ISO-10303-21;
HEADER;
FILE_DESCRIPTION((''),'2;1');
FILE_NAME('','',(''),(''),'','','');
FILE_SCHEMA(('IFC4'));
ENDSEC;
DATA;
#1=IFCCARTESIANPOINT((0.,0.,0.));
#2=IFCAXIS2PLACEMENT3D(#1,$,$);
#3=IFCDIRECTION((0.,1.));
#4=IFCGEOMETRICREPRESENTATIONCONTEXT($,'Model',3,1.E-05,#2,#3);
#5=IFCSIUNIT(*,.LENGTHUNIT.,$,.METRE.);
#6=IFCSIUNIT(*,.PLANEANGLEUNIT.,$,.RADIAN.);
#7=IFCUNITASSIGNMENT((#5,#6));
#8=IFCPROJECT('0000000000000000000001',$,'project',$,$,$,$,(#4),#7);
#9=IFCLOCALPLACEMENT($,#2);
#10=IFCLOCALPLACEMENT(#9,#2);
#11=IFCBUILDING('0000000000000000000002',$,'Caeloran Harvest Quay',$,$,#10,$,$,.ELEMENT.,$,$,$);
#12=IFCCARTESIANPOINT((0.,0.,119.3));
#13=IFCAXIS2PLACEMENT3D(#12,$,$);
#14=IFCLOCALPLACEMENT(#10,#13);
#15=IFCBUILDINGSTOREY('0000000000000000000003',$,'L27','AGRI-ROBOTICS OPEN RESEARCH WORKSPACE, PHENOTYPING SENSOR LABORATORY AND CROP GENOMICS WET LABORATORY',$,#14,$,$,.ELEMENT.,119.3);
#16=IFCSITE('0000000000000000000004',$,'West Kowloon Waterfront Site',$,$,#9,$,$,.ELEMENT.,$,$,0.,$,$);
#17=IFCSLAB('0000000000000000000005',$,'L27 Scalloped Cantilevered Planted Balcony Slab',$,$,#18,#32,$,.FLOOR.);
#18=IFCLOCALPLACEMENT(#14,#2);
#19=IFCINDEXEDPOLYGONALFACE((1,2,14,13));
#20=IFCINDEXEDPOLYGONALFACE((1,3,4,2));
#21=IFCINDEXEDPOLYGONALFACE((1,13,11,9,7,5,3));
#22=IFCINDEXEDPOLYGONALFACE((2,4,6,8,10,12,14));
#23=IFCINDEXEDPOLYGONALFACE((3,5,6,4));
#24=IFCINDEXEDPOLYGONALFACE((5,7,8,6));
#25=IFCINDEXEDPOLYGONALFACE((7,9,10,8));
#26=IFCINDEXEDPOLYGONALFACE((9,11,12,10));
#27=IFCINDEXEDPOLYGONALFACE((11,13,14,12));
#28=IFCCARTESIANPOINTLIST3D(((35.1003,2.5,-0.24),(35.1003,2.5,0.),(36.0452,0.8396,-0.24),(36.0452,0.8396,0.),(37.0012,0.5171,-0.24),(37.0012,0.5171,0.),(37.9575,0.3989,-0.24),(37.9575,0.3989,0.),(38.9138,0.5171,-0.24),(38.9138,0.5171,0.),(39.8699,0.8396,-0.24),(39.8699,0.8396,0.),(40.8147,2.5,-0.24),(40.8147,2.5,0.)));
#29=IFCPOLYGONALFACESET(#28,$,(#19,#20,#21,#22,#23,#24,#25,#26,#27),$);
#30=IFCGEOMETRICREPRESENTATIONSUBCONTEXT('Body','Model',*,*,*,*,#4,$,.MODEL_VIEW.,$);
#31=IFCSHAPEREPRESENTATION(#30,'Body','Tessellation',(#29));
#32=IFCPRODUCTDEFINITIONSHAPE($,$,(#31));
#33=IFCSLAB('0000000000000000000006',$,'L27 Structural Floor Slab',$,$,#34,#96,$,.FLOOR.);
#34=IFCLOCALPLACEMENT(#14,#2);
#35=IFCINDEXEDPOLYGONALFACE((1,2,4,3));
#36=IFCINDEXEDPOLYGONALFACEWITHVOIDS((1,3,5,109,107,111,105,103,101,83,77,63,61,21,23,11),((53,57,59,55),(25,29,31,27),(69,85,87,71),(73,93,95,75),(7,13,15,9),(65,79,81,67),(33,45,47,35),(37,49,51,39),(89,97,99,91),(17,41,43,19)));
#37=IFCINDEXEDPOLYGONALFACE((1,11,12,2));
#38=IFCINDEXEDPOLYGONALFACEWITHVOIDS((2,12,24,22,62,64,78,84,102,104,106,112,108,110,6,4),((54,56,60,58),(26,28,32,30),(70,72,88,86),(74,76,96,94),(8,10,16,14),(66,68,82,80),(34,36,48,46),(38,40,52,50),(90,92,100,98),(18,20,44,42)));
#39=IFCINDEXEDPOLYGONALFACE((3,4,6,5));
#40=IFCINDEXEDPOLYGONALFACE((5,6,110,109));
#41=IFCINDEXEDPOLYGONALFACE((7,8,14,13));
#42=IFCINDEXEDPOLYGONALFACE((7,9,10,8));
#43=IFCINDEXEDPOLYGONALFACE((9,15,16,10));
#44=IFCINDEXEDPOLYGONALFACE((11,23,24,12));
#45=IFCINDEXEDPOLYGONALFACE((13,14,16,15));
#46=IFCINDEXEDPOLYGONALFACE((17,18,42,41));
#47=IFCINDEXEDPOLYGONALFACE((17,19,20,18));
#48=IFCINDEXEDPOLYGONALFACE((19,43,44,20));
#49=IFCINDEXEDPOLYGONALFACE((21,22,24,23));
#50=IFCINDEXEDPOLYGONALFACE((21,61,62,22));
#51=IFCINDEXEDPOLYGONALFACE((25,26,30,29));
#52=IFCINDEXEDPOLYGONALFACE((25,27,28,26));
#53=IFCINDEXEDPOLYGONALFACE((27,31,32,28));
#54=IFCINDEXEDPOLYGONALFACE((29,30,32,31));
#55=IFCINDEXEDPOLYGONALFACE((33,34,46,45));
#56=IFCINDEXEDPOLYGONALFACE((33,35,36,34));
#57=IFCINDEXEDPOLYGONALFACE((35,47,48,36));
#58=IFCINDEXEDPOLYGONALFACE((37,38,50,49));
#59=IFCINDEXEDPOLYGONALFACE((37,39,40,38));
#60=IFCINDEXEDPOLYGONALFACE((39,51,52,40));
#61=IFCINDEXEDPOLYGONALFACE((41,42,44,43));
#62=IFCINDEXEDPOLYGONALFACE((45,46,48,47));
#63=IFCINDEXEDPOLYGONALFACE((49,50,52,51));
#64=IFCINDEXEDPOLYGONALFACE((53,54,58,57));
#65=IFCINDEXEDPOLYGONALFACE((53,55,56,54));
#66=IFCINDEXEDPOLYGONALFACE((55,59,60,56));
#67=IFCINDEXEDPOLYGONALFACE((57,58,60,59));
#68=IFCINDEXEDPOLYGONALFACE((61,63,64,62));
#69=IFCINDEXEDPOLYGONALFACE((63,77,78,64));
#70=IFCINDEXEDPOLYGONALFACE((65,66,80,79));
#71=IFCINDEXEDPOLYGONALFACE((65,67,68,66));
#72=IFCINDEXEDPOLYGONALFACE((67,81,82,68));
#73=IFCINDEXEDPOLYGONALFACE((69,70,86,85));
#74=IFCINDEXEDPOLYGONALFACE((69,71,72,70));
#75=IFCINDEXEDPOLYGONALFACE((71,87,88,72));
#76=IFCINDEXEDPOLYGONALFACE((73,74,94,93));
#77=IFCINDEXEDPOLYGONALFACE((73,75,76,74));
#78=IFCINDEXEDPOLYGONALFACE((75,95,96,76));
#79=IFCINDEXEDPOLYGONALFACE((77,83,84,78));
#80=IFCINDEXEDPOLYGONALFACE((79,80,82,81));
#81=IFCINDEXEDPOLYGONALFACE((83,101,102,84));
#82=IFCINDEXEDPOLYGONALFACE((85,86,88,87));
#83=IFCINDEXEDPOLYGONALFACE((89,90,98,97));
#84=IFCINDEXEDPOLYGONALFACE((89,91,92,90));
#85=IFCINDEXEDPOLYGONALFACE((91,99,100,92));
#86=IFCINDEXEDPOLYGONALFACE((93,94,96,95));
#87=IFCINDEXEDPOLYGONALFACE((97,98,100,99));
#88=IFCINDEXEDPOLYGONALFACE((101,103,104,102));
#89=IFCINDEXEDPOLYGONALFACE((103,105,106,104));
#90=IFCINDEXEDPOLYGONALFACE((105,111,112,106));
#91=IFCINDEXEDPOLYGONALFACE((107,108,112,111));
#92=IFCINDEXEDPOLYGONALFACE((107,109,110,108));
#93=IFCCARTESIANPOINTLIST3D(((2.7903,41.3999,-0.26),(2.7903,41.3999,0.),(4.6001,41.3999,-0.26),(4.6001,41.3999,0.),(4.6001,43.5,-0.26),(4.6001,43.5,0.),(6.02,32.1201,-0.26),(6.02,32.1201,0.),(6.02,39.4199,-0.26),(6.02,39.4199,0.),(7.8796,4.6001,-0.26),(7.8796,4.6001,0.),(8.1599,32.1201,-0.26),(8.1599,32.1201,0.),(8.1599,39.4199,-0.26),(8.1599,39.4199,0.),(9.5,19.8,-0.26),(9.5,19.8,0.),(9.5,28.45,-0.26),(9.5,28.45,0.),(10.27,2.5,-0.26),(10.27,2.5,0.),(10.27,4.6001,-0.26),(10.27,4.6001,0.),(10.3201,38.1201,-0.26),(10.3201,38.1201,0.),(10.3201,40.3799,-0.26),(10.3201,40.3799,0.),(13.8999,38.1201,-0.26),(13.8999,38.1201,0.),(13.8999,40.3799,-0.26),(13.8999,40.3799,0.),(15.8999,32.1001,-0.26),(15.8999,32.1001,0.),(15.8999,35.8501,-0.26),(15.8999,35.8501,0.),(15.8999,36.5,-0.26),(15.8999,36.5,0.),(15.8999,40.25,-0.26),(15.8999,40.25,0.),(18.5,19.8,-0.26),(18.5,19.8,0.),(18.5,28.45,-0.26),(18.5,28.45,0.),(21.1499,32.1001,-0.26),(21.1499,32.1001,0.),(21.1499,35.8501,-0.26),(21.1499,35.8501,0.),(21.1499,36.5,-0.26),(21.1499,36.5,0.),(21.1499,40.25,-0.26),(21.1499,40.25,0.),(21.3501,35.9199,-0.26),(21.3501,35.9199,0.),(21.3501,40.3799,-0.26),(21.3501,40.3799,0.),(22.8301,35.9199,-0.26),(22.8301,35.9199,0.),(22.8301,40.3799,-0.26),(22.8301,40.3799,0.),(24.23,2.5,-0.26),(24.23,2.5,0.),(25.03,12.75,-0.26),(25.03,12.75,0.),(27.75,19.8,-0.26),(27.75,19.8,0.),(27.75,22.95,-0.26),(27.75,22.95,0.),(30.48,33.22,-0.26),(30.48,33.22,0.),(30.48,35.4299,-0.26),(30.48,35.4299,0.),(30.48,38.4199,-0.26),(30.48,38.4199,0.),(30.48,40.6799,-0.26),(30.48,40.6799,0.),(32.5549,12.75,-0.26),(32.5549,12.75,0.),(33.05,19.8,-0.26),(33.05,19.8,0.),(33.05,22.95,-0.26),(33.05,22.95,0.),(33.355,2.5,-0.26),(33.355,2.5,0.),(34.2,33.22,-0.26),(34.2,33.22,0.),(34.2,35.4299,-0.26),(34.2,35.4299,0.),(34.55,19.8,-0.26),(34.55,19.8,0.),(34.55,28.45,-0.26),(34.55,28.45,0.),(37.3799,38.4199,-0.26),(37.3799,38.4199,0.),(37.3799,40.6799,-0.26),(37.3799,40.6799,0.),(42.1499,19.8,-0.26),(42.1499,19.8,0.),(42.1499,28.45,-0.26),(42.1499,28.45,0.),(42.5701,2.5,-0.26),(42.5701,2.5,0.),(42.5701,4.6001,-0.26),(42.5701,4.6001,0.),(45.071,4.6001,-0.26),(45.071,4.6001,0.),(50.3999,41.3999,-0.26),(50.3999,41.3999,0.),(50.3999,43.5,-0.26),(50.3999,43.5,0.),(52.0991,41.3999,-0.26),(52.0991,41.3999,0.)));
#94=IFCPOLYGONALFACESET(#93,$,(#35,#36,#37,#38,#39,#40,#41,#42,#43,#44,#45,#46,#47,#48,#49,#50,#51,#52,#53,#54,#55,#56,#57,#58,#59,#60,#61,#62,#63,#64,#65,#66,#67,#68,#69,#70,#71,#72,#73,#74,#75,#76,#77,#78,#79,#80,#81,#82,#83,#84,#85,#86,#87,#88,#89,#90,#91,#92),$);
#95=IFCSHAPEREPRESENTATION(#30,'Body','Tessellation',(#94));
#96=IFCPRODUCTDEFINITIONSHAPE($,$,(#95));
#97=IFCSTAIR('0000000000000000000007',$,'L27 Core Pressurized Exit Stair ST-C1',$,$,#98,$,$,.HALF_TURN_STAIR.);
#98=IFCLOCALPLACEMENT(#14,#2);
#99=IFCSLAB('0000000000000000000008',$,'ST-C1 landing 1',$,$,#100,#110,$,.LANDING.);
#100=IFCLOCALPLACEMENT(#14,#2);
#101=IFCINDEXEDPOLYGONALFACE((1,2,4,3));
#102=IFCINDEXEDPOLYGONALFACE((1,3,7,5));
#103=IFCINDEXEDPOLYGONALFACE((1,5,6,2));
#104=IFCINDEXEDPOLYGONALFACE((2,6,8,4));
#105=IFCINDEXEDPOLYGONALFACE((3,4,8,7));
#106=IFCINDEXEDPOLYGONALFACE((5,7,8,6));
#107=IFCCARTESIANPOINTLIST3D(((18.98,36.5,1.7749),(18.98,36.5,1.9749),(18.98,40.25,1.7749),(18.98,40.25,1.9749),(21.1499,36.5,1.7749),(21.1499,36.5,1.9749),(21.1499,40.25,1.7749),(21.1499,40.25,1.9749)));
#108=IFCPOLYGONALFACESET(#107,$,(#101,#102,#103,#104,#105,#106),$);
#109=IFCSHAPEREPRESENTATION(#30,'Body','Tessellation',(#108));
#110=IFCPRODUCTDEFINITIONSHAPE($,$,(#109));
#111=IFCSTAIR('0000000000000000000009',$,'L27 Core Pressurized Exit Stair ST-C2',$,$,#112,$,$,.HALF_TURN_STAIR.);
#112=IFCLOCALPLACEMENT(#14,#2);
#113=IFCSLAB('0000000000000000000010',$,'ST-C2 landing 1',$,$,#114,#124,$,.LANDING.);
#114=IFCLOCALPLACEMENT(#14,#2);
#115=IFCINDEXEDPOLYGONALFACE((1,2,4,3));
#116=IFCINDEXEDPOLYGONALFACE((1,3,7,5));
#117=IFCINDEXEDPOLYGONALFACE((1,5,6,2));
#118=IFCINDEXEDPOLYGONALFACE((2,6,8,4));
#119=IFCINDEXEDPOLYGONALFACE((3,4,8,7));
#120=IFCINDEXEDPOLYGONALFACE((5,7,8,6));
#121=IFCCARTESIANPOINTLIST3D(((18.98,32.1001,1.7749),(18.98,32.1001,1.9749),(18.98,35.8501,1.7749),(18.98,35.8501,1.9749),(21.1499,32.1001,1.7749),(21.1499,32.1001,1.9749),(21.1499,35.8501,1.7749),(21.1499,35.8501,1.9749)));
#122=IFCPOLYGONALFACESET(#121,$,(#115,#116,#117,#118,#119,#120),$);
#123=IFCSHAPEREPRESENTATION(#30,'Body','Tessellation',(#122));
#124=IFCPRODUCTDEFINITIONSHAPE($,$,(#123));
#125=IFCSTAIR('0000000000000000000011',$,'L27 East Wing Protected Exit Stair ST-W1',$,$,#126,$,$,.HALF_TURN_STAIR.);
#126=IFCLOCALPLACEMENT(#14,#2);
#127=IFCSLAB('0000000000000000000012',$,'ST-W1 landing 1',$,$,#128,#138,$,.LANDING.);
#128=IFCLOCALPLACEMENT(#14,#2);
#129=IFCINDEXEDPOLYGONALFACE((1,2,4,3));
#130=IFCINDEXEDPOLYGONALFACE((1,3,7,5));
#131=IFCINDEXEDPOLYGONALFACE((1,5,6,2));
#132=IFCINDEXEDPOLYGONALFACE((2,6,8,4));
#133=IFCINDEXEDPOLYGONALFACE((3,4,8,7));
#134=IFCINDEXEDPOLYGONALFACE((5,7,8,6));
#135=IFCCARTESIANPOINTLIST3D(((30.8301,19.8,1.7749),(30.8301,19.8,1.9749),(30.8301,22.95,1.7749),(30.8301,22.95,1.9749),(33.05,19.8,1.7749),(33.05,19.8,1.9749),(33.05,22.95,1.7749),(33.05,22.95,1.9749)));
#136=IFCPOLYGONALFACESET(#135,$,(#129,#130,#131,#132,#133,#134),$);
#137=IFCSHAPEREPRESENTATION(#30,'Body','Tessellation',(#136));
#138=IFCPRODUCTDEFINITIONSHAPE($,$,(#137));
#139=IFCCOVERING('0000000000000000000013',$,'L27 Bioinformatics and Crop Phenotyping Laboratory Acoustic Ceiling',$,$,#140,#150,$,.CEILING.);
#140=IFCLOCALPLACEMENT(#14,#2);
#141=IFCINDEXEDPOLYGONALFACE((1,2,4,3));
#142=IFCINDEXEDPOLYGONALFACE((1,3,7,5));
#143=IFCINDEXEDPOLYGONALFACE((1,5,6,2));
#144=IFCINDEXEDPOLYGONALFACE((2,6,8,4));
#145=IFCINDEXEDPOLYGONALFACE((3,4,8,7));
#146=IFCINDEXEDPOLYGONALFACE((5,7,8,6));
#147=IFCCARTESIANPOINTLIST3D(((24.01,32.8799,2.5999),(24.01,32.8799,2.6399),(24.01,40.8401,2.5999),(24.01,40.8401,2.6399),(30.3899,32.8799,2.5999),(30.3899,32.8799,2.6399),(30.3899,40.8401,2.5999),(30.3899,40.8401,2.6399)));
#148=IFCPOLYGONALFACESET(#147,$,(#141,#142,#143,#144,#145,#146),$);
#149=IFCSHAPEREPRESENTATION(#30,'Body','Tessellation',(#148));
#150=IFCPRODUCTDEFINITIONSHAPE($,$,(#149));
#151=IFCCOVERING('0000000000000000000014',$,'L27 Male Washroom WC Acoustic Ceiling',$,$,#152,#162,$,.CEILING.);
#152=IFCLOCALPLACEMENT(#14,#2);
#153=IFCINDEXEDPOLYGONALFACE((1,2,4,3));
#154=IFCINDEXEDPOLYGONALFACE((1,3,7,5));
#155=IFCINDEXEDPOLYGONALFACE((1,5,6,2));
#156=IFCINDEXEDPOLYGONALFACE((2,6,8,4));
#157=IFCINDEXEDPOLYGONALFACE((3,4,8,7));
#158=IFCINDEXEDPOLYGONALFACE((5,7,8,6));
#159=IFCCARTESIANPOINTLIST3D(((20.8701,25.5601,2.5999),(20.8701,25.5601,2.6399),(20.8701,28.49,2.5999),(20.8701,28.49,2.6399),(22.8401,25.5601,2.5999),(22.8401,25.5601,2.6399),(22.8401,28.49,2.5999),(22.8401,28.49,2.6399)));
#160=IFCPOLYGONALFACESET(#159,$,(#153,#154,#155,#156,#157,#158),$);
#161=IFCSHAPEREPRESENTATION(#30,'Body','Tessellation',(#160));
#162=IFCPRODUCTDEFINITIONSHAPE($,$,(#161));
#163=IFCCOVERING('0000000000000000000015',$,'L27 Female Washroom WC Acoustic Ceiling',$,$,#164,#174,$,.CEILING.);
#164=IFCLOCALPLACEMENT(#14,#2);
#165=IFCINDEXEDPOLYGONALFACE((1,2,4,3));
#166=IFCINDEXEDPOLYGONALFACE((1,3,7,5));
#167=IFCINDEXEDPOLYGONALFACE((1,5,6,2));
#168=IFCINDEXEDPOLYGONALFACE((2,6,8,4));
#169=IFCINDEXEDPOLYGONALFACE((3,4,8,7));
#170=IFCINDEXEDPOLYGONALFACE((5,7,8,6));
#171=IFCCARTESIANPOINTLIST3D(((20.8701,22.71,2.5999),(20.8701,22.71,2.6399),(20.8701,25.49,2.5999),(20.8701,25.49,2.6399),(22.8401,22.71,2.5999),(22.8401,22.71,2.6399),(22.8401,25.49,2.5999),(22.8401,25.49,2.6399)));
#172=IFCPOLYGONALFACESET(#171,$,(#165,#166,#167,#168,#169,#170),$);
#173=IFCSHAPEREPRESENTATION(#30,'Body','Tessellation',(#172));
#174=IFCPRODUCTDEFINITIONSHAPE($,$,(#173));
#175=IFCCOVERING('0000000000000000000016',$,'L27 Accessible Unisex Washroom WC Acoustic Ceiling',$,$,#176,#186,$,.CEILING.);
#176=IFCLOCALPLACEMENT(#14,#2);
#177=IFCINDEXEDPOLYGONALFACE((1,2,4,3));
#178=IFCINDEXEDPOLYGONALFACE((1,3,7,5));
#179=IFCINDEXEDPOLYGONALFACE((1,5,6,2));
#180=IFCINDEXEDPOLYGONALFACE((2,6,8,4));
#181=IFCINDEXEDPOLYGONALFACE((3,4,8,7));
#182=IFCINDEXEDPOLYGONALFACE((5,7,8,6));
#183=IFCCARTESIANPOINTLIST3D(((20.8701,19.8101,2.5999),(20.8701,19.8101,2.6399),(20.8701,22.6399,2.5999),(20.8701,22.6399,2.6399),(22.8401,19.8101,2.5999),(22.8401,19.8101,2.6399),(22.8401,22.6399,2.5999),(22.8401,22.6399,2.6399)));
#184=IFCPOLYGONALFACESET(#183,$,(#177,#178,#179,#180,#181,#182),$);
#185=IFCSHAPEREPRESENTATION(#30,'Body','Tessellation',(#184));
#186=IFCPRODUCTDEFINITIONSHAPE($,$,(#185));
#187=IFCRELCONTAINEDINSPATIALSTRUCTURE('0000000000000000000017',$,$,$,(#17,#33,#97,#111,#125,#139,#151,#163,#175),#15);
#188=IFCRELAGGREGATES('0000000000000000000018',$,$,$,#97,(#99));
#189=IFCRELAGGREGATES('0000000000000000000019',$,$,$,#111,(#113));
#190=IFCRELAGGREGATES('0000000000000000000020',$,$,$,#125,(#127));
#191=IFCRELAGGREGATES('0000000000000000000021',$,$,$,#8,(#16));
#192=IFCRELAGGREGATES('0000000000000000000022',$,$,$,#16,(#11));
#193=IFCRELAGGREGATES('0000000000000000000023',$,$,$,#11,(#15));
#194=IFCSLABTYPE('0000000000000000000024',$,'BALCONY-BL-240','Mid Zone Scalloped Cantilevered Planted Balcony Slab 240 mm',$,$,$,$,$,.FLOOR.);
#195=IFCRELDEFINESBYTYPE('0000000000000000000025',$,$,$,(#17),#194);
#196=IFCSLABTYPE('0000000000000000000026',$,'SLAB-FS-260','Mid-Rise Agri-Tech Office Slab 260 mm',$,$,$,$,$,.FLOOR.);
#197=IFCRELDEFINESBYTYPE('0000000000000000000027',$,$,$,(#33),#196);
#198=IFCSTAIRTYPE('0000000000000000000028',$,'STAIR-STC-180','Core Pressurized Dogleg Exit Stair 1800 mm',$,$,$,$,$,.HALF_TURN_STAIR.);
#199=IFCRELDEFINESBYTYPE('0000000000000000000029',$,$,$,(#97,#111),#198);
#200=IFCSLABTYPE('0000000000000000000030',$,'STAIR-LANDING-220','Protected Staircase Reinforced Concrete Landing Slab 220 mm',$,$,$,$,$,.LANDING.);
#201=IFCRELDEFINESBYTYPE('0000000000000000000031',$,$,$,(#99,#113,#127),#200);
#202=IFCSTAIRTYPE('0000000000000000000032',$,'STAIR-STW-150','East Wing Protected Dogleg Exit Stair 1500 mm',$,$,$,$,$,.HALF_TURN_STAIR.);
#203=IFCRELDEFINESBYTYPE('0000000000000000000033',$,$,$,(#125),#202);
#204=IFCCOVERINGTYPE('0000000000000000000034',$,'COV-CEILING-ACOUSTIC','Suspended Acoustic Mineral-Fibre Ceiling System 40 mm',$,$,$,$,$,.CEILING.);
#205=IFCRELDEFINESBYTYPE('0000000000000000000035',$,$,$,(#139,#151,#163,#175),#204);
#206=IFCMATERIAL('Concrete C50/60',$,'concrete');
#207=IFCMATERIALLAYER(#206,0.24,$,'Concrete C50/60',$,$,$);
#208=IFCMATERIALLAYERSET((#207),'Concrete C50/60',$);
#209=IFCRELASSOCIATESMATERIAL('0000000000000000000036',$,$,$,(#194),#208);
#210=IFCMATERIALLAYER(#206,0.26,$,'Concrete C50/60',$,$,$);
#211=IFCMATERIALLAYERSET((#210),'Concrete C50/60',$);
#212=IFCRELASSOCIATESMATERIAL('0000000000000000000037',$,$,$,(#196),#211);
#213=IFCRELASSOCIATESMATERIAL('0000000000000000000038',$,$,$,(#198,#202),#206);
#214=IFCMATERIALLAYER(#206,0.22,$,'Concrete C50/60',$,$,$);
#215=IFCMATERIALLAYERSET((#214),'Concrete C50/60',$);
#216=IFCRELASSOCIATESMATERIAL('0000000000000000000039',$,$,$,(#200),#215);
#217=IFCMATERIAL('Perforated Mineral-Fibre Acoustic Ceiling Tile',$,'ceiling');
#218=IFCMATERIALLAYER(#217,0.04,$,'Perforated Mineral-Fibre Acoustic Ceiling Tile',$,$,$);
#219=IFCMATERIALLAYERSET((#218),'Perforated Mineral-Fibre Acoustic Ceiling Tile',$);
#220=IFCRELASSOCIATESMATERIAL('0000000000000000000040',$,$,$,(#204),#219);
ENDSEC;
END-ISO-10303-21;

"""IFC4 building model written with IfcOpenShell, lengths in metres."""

from ifc_helpers import new_model, si_unit, direction, frame, origin, place, context, subcontext, project, spatial, polyline, outline, extrude, material, layer, layer_set, type_object, element, aggregate, save


model = new_model("IFC4")

# Units and contexts
model_context = context("Model", 3, precision=1e-05, world=origin(), true_north=direction((0.0, 1.0)))
body_context = subcontext(model_context, "Body", "Model", "MODEL_VIEW")
ifc_project = project(units=[si_unit("LENGTHUNIT", "METRE"), si_unit("PLANEANGLEUNIT", "RADIAN")], contexts=[model_context])

# Site, building, storey
site_placement = place(None, origin())
site = spatial("IfcSite", under=ifc_project, at=site_placement, Name="West Kowloon Waterfront Site", CompositionType="ELEMENT", RefElevation=0.0)
building_placement = place(site_placement, origin())
building = spatial("IfcBuilding", under=site, at=building_placement, Name="Caeloran Harvest Quay", CompositionType="ELEMENT")
storey_placement = place(building_placement, frame((0.0, 0.0, 119.3)))
storey = spatial("IfcBuildingStorey", under=building, at=storey_placement, Name="L27", Description="AGRI-ROBOTICS OPEN RESEARCH WORKSPACE, PHENOTYPING SENSOR LABORATORY AND CROP GENOMICS WET LABORATORY", CompositionType="ELEMENT", Elevation=119.3)

# Slabs
ifc_material_1 = material(Name="Concrete C50/60", Category="concrete")
ifc_layer_1 = layer(ifc_material_1, 0.24, Name="Concrete C50/60")
ifc_layer_set_1 = layer_set([ifc_layer_1], Name="Concrete C50/60")
slab_type_1 = type_object("IfcSlabType", Name="BALCONY-BL-240", Description="Mid Zone Scalloped Cantilevered Planted Balcony Slab 240 mm", PredefinedType="FLOOR", material=ifc_layer_set_1)
slab_1_placement = place(storey_placement, frame((0.0, 0.0, -0.24)))
element("IfcSlab", 1, at=slab_1_placement, inside=storey, type_object=slab_type_1, Name="L27 Scalloped Cantilevered Planted Balcony Slab", PredefinedType="FLOOR", context=body_context, shape_type="SweptSolid", body=[
    extrude(outline(polyline([(39.8699, 0.8396), (38.9138, 0.5171), (37.9575, 0.3989), (37.0012, 0.5171), (36.0452, 0.8396), (35.1003, 2.5), (40.8147, 2.5), (39.8699, 0.8396)])), origin(), (0.0, 0.0, 1.0), 0.24),
])
ifc_layer_2 = layer(ifc_material_1, 0.26, Name="Concrete C50/60")
ifc_layer_set_2 = layer_set([ifc_layer_2], Name="Concrete C50/60")
slab_type_2 = type_object("IfcSlabType", Name="SLAB-FS-260", Description="Mid-Rise Agri-Tech Office Slab 260 mm", PredefinedType="FLOOR", material=ifc_layer_set_2)
slab_2_placement = place(storey_placement, frame((0.0, 0.0, -0.26)))
element("IfcSlab", 2, at=slab_2_placement, inside=storey, type_object=slab_type_2, Name="L27 Structural Floor Slab", PredefinedType="FLOOR", context=body_context, shape_type="SweptSolid", body=[
    extrude(outline(polyline([(10.27, 2.5), (24.23, 2.5), (25.03, 12.75), (32.5549, 12.75), (33.355, 2.5), (42.5701, 2.5), (42.5701, 4.6001), (45.071, 4.6001), (52.0991, 41.3999), (50.3999, 41.3999), (50.3999, 43.5), (4.6001, 43.5), (4.6001, 41.3999), (2.7903, 41.3999), (7.8796, 4.6001), (10.27, 4.6001), (10.27, 2.5)]), holes=[polyline([(27.75, 19.8), (27.75, 22.95), (33.05, 22.95), (33.05, 19.8), (27.75, 19.8)]), polyline([(18.5, 19.8), (9.5, 19.8), (9.5, 28.45), (18.5, 28.45), (18.5, 19.8)]), polyline([(42.1499, 19.8), (34.55, 19.8), (34.55, 28.45), (42.1499, 28.45), (42.1499, 19.8)]), polyline([(15.8999, 35.8501), (21.1499, 35.8501), (21.1499, 32.1001), (15.8999, 32.1001), (15.8999, 35.8501)]), polyline([(30.48, 33.22), (30.48, 35.4299), (34.2, 35.4299), (34.2, 33.22), (30.48, 33.22)]), polyline([(8.1599, 32.1201), (6.02, 32.1201), (6.02, 39.4199), (8.1599, 39.4199), (8.1599, 32.1201)]), polyline([(22.8301, 35.9199), (21.3501, 35.9199), (21.3501, 40.3799), (22.8301, 40.3799), (22.8301, 35.9199)]), polyline([(15.8999, 36.5), (15.8999, 40.25), (21.1499, 40.25), (21.1499, 36.5), (15.8999, 36.5)]), polyline([(10.3201, 38.1201), (10.3201, 40.3799), (13.8999, 40.3799), (13.8999, 38.1201), (10.3201, 38.1201)]), polyline([(30.48, 38.4199), (30.48, 40.6799), (37.3799, 40.6799), (37.3799, 38.4199), (30.48, 38.4199)])]), origin(), (0.0, 0.0, 1.0), 0.26),
])

# Stairs, slabs
stair_type_1 = type_object("IfcStairType", Name="STAIR-STC-180", Description="Core Pressurized Dogleg Exit Stair 1800 mm", PredefinedType="HALF_TURN_STAIR", material=ifc_material_1)
stair_1_placement = place(storey_placement, origin())
stair_1 = element("IfcStair", 3, at=stair_1_placement, inside=storey, type_object=stair_type_1, Name="L27 Core Pressurized Exit Stair ST-C1", PredefinedType="HALF_TURN_STAIR")
ifc_layer_3 = layer(ifc_material_1, 0.22, Name="Concrete C50/60")
ifc_layer_set_3 = layer_set([ifc_layer_3], Name="Concrete C50/60")
slab_type_3 = type_object("IfcSlabType", Name="STAIR-LANDING-220", Description="Protected Staircase Reinforced Concrete Landing Slab 220 mm", PredefinedType="LANDING", material=ifc_layer_set_3)
slab_3_placement = place(storey_placement, frame((0.0, 0.0, 1.7749)))
slab_3 = element("IfcSlab", 4, at=slab_3_placement, type_object=slab_type_3, Name="ST-C1 landing 1", PredefinedType="LANDING", context=body_context, shape_type="SweptSolid", body=[
    extrude(outline(polyline([(18.98, 36.5), (21.1499, 36.5), (21.1499, 40.25), (18.98, 40.25), (18.98, 36.5)])), origin(), (0.0, 0.0, 1.0), 0.2),
])
aggregate(stair_1, [slab_3])
stair_2_placement = place(storey_placement, origin())
stair_2 = element("IfcStair", 5, at=stair_2_placement, inside=storey, type_object=stair_type_1, Name="L27 Core Pressurized Exit Stair ST-C2", PredefinedType="HALF_TURN_STAIR")
slab_4_placement = place(storey_placement, frame((0.0, 0.0, 1.7749)))
slab_4 = element("IfcSlab", 6, at=slab_4_placement, type_object=slab_type_3, Name="ST-C2 landing 1", PredefinedType="LANDING", context=body_context, shape_type="SweptSolid", body=[
    extrude(outline(polyline([(18.98, 32.1001), (21.1499, 32.1001), (21.1499, 35.8501), (18.98, 35.8501), (18.98, 32.1001)])), origin(), (0.0, 0.0, 1.0), 0.2),
])
aggregate(stair_2, [slab_4])
stair_type_2 = type_object("IfcStairType", Name="STAIR-STW-150", Description="East Wing Protected Dogleg Exit Stair 1500 mm", PredefinedType="HALF_TURN_STAIR", material=ifc_material_1)
stair_3_placement = place(storey_placement, origin())
stair_3 = element("IfcStair", 7, at=stair_3_placement, inside=storey, type_object=stair_type_2, Name="L27 East Wing Protected Exit Stair ST-W1", PredefinedType="HALF_TURN_STAIR")
slab_5_placement = place(storey_placement, frame((0.0, 0.0, 1.7749)))
slab_5 = element("IfcSlab", 8, at=slab_5_placement, type_object=slab_type_3, Name="ST-W1 landing 1", PredefinedType="LANDING", context=body_context, shape_type="SweptSolid", body=[
    extrude(outline(polyline([(30.8301, 19.8), (33.05, 19.8), (33.05, 22.95), (30.8301, 22.95), (30.8301, 19.8)])), origin(), (0.0, 0.0, 1.0), 0.2),
])
aggregate(stair_3, [slab_5])

# Coverings
ifc_material_2 = material(Name="Perforated Mineral-Fibre Acoustic Ceiling Tile", Category="ceiling")
ifc_layer_4 = layer(ifc_material_2, 0.04, Name="Perforated Mineral-Fibre Acoustic Ceiling Tile")
ifc_layer_set_4 = layer_set([ifc_layer_4], Name="Perforated Mineral-Fibre Acoustic Ceiling Tile")
covering_type_1 = type_object("IfcCoveringType", Name="COV-CEILING-ACOUSTIC", Description="Suspended Acoustic Mineral-Fibre Ceiling System 40 mm", PredefinedType="CEILING", material=ifc_layer_set_4)
covering_1_placement = place(storey_placement, frame((0.0, 0.0, 2.5999)))
element("IfcCovering", 9, at=covering_1_placement, inside=storey, type_object=covering_type_1, Name="L27 Bioinformatics and Crop Phenotyping Laboratory Acoustic Ceiling", PredefinedType="CEILING", context=body_context, shape_type="SweptSolid", body=[
    extrude(outline(polyline([(30.3899, 40.8401), (30.3899, 32.8799), (24.01, 32.8799), (24.01, 40.8401), (30.3899, 40.8401)])), origin(), (0.0, 0.0, 1.0), 0.04),
])
covering_2_placement = place(storey_placement, frame((0.0, 0.0, 2.5999)))
element("IfcCovering", 10, at=covering_2_placement, inside=storey, type_object=covering_type_1, Name="L27 Male Washroom WC Acoustic Ceiling", PredefinedType="CEILING", context=body_context, shape_type="SweptSolid", body=[
    extrude(outline(polyline([(22.8401, 25.5601), (20.8701, 25.5601), (20.8701, 28.49), (22.8401, 28.49), (22.8401, 25.5601)])), origin(), (0.0, 0.0, 1.0), 0.04),
])
covering_3_placement = place(storey_placement, frame((0.0, 0.0, 2.5999)))
element("IfcCovering", 11, at=covering_3_placement, inside=storey, type_object=covering_type_1, Name="L27 Female Washroom WC Acoustic Ceiling", PredefinedType="CEILING", context=body_context, shape_type="SweptSolid", body=[
    extrude(outline(polyline([(22.8401, 22.71), (20.8701, 22.71), (20.8701, 25.49), (22.8401, 25.49), (22.8401, 22.71)])), origin(), (0.0, 0.0, 1.0), 0.04),
])
covering_4_placement = place(storey_placement, frame((0.0, 0.0, 2.5999)))
element("IfcCovering", 12, at=covering_4_placement, inside=storey, type_object=covering_type_1, Name="L27 Accessible Unisex Washroom WC Acoustic Ceiling", PredefinedType="CEILING", context=body_context, shape_type="SweptSolid", body=[
    extrude(outline(polyline([(22.8401, 19.8101), (20.8701, 19.8101), (20.8701, 22.6399), (22.8401, 22.6399), (22.8401, 19.8101)])), origin(), (0.0, 0.0, 1.0), 0.04),
])

save(model, "model.ifc")
